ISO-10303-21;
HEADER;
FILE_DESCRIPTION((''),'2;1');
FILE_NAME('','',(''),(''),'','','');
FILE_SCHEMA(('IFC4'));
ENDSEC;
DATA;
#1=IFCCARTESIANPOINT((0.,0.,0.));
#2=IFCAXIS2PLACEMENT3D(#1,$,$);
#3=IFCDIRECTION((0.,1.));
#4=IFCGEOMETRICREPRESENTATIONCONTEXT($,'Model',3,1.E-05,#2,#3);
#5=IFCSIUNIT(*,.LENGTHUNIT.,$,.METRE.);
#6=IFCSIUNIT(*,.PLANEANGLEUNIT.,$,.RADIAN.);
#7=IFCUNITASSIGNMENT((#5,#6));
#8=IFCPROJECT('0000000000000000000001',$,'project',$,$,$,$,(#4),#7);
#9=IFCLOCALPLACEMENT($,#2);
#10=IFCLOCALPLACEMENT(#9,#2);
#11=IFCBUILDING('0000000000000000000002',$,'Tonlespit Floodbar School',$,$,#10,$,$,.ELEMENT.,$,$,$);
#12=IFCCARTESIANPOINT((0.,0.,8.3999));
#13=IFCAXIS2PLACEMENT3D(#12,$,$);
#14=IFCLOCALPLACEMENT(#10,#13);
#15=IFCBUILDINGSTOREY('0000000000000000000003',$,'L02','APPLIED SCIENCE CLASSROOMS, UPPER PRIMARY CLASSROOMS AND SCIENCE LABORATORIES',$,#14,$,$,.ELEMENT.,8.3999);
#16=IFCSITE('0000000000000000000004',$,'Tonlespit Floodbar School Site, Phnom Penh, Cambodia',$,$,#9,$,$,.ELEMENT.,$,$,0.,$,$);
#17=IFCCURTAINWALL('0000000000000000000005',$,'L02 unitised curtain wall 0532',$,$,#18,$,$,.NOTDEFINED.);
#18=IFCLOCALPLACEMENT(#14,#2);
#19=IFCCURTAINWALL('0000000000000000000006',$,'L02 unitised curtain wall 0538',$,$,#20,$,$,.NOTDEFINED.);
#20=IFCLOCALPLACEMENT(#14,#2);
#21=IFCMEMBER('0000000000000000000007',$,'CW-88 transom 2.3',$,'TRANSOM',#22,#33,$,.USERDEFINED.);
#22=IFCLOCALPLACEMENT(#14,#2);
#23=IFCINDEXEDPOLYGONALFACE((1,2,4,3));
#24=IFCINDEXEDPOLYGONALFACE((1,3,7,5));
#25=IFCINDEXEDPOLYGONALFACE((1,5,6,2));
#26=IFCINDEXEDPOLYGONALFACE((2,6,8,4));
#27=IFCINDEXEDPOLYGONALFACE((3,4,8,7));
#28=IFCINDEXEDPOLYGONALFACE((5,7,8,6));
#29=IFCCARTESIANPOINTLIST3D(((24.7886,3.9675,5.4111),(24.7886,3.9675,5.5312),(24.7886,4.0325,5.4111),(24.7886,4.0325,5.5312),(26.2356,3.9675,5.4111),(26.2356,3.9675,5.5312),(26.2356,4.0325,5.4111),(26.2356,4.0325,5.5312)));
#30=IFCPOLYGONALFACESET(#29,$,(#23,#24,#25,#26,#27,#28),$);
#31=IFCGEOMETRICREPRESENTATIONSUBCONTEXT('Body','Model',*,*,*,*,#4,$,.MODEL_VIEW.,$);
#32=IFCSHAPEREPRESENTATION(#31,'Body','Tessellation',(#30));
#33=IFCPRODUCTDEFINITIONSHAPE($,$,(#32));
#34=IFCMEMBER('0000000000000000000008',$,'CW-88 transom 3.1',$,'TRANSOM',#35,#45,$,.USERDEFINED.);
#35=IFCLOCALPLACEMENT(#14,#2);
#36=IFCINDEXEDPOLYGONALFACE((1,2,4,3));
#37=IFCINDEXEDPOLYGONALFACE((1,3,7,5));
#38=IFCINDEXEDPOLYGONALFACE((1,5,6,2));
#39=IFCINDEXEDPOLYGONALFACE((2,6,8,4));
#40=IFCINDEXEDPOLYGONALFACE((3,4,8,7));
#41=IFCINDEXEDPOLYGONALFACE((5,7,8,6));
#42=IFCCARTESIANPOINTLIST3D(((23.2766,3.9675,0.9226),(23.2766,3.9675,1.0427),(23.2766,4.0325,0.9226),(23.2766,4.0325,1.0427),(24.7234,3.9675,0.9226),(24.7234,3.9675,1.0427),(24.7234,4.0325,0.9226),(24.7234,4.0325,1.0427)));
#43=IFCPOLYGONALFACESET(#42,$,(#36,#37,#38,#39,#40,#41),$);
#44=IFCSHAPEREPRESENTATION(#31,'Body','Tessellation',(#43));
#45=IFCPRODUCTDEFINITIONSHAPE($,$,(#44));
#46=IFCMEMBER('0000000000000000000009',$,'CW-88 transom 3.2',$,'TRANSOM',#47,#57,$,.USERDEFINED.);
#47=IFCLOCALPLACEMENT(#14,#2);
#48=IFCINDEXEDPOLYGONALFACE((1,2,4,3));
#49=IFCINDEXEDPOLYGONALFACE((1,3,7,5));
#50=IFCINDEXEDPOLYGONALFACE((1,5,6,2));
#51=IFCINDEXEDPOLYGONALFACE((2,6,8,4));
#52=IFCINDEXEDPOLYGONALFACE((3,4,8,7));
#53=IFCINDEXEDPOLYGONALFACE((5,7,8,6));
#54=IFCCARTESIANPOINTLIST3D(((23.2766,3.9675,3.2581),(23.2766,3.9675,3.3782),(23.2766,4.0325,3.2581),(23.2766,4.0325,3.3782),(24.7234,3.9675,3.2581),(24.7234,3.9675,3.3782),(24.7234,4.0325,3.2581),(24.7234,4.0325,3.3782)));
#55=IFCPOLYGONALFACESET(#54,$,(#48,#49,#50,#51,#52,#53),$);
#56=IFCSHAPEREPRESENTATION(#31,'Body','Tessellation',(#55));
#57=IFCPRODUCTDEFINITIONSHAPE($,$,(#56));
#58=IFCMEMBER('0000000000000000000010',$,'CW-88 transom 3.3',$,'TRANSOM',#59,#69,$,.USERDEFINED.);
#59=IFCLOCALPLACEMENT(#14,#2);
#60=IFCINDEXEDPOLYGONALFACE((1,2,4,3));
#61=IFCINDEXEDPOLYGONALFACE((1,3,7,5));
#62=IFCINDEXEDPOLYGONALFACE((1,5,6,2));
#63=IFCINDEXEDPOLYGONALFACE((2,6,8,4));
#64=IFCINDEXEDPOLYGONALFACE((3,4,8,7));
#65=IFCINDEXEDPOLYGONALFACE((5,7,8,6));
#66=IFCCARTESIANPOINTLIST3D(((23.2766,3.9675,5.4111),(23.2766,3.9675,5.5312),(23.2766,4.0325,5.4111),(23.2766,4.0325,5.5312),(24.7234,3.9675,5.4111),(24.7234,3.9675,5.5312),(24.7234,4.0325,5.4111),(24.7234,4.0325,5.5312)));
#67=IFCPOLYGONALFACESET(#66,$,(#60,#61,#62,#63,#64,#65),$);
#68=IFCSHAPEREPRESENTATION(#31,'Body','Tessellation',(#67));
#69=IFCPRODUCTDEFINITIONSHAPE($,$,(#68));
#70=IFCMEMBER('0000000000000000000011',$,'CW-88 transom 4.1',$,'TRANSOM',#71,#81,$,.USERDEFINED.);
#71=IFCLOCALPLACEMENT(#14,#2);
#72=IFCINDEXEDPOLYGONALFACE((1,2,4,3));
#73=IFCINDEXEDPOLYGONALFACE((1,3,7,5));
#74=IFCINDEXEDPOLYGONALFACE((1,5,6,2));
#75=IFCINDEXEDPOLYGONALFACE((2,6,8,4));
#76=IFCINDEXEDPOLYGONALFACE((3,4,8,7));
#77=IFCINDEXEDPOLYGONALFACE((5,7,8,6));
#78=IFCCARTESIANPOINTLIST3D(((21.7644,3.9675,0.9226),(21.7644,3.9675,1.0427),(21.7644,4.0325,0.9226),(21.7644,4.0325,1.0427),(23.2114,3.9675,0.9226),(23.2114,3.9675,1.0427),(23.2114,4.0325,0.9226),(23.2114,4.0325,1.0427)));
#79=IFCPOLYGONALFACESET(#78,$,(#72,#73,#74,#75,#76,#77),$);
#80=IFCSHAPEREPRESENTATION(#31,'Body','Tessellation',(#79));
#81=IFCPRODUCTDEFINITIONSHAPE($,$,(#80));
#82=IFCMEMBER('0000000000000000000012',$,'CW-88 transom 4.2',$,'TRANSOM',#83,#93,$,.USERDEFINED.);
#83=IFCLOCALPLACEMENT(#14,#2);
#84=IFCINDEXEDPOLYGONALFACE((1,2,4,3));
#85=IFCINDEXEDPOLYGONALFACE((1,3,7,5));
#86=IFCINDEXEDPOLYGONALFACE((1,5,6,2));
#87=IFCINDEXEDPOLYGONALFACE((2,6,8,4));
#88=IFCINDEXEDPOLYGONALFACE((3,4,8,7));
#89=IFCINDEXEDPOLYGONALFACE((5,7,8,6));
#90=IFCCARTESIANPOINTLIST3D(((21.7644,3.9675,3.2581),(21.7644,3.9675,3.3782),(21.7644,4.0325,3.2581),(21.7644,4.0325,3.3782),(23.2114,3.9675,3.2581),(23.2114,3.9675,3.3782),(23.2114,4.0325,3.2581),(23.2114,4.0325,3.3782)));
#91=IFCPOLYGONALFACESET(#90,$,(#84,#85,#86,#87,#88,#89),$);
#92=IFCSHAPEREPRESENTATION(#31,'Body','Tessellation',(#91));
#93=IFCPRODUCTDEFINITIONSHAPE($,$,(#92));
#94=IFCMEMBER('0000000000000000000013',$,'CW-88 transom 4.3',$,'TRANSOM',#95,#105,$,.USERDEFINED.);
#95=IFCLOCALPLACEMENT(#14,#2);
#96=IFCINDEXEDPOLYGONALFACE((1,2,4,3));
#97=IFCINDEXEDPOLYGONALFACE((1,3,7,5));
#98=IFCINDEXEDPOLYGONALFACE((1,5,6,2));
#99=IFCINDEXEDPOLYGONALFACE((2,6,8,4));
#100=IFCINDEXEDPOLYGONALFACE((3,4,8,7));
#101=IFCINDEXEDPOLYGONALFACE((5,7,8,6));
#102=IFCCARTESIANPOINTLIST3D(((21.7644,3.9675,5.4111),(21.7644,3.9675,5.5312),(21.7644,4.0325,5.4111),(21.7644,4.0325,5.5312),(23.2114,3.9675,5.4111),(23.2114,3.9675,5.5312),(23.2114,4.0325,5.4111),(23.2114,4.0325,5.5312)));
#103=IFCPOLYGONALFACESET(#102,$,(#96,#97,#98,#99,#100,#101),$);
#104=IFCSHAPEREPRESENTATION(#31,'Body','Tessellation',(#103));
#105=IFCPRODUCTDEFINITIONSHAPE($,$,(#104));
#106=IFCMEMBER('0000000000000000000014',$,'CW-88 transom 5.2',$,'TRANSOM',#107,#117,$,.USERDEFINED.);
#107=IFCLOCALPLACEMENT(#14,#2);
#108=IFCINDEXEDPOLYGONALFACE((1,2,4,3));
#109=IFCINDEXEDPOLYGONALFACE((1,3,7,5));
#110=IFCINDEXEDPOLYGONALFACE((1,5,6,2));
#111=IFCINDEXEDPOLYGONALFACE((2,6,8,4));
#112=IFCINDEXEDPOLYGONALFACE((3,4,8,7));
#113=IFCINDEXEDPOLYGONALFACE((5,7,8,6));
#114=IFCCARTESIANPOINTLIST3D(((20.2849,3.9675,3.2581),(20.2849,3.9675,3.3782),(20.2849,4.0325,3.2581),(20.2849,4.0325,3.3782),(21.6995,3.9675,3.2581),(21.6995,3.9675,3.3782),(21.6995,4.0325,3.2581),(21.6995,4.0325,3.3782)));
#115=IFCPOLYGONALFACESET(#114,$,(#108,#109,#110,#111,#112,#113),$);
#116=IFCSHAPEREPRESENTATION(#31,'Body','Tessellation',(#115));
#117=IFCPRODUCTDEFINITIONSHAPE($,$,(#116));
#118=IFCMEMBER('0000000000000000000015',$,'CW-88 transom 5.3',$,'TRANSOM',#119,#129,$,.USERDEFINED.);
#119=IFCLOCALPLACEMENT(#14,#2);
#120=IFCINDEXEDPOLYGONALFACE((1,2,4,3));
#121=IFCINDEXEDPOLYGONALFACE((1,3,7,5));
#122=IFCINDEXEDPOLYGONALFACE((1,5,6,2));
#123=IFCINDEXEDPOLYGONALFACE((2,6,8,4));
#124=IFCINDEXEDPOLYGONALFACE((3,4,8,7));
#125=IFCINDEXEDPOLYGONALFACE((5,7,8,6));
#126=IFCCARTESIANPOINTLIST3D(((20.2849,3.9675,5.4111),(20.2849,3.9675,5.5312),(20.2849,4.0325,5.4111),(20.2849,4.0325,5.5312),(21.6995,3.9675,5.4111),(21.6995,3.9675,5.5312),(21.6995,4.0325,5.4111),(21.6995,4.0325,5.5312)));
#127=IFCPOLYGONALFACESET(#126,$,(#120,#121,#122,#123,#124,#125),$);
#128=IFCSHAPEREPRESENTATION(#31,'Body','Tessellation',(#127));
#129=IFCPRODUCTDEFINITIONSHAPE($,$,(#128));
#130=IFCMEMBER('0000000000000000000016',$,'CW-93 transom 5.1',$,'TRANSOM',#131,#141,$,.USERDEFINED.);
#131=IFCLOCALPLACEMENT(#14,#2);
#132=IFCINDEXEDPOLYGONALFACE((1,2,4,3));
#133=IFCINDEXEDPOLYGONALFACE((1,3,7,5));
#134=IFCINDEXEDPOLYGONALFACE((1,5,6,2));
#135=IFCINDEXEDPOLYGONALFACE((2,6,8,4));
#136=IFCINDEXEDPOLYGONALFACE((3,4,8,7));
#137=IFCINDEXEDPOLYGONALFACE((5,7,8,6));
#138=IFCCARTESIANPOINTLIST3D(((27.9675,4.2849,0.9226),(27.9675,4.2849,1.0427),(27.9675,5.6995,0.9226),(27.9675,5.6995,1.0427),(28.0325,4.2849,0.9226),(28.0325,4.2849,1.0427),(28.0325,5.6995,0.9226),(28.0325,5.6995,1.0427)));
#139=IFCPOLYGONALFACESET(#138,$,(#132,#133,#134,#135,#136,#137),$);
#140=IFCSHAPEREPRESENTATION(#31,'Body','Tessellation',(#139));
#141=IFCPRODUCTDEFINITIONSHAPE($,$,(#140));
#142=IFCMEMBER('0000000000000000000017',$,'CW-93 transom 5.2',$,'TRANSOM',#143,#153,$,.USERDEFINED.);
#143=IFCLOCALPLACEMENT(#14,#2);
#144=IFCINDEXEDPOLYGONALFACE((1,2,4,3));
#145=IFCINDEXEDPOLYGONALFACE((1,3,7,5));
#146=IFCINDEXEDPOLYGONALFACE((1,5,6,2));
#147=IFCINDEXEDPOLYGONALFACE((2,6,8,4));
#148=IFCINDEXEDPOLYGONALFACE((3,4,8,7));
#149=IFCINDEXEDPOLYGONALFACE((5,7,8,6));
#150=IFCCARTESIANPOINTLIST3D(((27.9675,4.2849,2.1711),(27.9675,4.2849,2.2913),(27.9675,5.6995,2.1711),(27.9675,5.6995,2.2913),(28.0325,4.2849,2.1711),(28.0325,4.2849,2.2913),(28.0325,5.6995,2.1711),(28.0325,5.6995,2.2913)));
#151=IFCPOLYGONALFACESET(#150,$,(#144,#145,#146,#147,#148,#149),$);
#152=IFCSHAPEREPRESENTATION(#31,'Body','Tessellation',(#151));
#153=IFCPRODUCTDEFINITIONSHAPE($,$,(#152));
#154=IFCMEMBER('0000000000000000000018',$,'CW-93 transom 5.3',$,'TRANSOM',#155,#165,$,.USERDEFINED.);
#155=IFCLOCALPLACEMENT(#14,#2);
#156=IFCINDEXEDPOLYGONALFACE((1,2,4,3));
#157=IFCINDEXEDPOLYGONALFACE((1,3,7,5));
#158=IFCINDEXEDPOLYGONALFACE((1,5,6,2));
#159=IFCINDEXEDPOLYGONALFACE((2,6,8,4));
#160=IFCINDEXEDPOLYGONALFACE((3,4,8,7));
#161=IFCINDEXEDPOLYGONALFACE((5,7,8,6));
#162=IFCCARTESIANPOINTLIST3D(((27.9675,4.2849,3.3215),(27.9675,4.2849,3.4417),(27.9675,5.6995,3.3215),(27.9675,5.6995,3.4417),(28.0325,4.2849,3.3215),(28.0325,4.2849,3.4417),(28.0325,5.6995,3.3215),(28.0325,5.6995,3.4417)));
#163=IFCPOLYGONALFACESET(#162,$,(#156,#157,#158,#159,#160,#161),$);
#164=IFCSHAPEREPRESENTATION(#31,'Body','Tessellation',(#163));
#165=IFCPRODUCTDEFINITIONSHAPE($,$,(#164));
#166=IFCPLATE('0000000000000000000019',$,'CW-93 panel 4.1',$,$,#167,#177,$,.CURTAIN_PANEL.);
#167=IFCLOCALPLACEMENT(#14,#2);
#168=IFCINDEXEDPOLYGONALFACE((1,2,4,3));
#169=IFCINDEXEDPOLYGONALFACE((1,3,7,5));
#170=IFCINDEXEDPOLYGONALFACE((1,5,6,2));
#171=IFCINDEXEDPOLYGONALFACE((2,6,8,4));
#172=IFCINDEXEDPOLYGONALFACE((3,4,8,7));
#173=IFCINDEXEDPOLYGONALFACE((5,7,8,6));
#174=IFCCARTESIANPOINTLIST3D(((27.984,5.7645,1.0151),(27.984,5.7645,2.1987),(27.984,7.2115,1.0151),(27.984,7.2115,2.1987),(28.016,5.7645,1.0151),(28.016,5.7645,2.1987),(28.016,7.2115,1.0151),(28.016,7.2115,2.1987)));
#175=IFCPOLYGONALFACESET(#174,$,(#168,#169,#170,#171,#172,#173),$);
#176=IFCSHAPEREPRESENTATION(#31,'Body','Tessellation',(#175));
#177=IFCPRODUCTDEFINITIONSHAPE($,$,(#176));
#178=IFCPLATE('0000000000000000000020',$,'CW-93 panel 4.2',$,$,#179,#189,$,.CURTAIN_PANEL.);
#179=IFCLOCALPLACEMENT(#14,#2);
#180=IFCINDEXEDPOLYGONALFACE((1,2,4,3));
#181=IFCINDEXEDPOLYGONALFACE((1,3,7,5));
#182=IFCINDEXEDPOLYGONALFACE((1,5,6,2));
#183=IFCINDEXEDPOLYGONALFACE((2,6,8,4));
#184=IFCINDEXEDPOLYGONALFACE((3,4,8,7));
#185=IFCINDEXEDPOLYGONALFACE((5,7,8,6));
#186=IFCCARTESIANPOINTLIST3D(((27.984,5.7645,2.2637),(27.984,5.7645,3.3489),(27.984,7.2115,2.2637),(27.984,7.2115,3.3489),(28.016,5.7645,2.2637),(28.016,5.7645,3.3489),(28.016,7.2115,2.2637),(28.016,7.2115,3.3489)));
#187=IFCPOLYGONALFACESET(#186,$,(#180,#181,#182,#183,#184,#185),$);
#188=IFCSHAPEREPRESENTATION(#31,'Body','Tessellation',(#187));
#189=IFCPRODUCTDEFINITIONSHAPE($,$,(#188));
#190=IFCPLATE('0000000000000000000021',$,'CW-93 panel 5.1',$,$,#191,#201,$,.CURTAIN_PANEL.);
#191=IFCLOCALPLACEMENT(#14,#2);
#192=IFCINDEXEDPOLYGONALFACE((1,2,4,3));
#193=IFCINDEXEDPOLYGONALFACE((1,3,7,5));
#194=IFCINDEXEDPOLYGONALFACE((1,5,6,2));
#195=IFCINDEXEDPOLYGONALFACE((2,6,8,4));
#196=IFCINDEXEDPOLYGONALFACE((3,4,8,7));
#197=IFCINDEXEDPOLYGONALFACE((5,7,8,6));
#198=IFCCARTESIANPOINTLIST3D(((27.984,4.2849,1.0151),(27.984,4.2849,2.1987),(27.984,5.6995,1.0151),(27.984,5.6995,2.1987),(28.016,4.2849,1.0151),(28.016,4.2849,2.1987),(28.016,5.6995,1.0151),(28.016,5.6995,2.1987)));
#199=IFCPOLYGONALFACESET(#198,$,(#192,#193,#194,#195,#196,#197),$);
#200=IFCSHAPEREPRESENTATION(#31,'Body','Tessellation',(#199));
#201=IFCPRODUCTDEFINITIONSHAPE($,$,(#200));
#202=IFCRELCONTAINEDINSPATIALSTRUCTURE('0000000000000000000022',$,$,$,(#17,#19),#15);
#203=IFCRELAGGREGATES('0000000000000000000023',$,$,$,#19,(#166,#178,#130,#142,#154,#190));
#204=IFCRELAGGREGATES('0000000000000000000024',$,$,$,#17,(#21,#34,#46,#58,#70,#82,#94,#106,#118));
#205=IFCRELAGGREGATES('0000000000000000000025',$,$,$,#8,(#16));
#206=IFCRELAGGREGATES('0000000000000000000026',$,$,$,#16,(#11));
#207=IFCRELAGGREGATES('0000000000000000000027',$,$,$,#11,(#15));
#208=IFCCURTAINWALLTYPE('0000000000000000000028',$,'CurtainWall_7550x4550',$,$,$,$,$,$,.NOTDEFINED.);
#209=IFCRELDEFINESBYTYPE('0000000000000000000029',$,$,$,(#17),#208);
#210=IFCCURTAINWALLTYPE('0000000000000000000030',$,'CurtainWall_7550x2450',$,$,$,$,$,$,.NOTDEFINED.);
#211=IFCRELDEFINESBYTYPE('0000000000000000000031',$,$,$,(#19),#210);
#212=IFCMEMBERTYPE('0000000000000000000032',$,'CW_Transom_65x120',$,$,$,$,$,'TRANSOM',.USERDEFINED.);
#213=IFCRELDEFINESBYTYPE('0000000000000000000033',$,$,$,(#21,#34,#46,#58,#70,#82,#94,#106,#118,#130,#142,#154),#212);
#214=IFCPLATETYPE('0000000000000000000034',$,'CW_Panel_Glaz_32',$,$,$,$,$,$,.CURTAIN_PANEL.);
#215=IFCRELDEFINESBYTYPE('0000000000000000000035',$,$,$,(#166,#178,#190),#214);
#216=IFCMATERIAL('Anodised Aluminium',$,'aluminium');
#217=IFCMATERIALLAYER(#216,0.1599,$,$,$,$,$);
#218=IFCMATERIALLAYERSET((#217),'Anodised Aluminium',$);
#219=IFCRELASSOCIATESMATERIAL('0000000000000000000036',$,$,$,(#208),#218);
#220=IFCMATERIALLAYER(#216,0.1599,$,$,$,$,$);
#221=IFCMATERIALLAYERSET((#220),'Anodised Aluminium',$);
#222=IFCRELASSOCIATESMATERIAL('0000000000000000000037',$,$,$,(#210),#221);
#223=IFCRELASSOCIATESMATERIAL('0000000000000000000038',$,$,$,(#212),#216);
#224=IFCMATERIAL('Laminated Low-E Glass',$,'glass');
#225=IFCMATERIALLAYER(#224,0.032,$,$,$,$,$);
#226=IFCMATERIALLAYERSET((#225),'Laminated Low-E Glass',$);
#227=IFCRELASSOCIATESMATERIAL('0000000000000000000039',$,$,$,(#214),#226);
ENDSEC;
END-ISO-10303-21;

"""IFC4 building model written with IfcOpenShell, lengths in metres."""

from ifc_helpers import new_model, si_unit, direction, frame, origin, origin_2d, place, context, subcontext, project, spatial, rectangle, extrude, material, layer, layer_set, material_profile, profile_set, type_object, element, aggregate, save


model = new_model("IFC4")

# Units and contexts
model_context = context("Model", 3, precision=1e-05, world=origin(), true_north=direction((0.0, 1.0)))
body_context = subcontext(model_context, "Body", "Model", "MODEL_VIEW")
ifc_project = project(units=[si_unit("LENGTHUNIT", "METRE"), si_unit("PLANEANGLEUNIT", "RADIAN")], contexts=[model_context])

# Site, building, storey
site_placement = place(None, origin())
site = spatial("IfcSite", under=ifc_project, at=site_placement, Name="Tonlespit Floodbar School Site, Phnom Penh, Cambodia", CompositionType="ELEMENT", RefElevation=0.0)
building_placement = place(site_placement, origin())
building = spatial("IfcBuilding", under=site, at=building_placement, Name="Tonlespit Floodbar School", CompositionType="ELEMENT")
storey_placement = place(building_placement, frame((0.0, 0.0, 8.3999)))
storey = spatial("IfcBuildingStorey", under=building, at=storey_placement, Name="L02", Description="APPLIED SCIENCE CLASSROOMS, UPPER PRIMARY CLASSROOMS AND SCIENCE LABORATORIES", CompositionType="ELEMENT", Elevation=8.3999)

# Curtain walls
ifc_material_1 = material(Name="Anodised Aluminium", Category="aluminium")
ifc_layer_1 = layer(ifc_material_1, 0.1599)
ifc_layer_set_1 = layer_set([ifc_layer_1], Name="Anodised Aluminium")
curtain_wall_type_1 = type_object("IfcCurtainWallType", Name="CurtainWall_7550x4550", PredefinedType="NOTDEFINED", material=ifc_layer_set_1)
curtain_wall_1_placement = place(storey_placement, origin())
curtain_wall_1 = element("IfcCurtainWall", 1, at=curtain_wall_1_placement, inside=storey, type_object=curtain_wall_type_1, Name="L02 unitised curtain wall 0532", PredefinedType="NOTDEFINED")
ifc_layer_2 = layer(ifc_material_1, 0.1599)
ifc_layer_set_2 = layer_set([ifc_layer_2], Name="Anodised Aluminium")
curtain_wall_type_2 = type_object("IfcCurtainWallType", Name="CurtainWall_7550x2450", PredefinedType="NOTDEFINED", material=ifc_layer_set_2)
curtain_wall_2_placement = place(storey_placement, origin())
curtain_wall_2 = element("IfcCurtainWall", 2, at=curtain_wall_2_placement, inside=storey, type_object=curtain_wall_type_2, Name="L02 unitised curtain wall 0538", PredefinedType="NOTDEFINED")

# Members
ifc_material_profile_1 = material_profile(ifc_material_1, rectangle(XDim=0.0649, YDim=0.1201, at=origin_2d()), Name="ALU T65x120")
ifc_profile_set_1 = profile_set([ifc_material_profile_1], Name="Anodised Aluminium")
member_type_1 = type_object("IfcMemberType", Name="CW_Transom_65x120", ElementType="TRANSOM", PredefinedType="USERDEFINED", material=ifc_profile_set_1)
member_1_placement = place(storey_placement, frame((26.2356, 4.0, 5.4712), z_axis=(-1.0, 0.0, 0.0), x_axis=(0.0, -1.0, 0.0)))
member_1 = element("IfcMember", 3, at=member_1_placement, type_object=member_type_1, Name="CW-88 transom 2.3", ObjectType="TRANSOM", PredefinedType="USERDEFINED", context=body_context, shape_type="SweptSolid", body=[
    extrude(rectangle(XDim=0.0649, YDim=0.1201, at=origin_2d()), origin(), (0.0, 0.0, 1.0), 1.447),
])
member_2_placement = place(storey_placement, frame((24.7234, 4.0, 0.9827), z_axis=(-1.0, 0.0, 0.0), x_axis=(0.0, -1.0, 0.0)))
member_2 = element("IfcMember", 4, at=member_2_placement, type_object=member_type_1, Name="CW-88 transom 3.1", ObjectType="TRANSOM", PredefinedType="USERDEFINED", context=body_context, shape_type="SweptSolid", body=[
    extrude(rectangle(XDim=0.0649, YDim=0.1201, at=origin_2d()), origin(), (0.0, 0.0, 1.0), 1.4468),
])
member_3_placement = place(storey_placement, frame((24.7234, 4.0, 3.3181), z_axis=(-1.0, 0.0, 0.0), x_axis=(0.0, -1.0, 0.0)))
member_3 = element("IfcMember", 5, at=member_3_placement, type_object=member_type_1, Name="CW-88 transom 3.2", ObjectType="TRANSOM", PredefinedType="USERDEFINED", context=body_context, shape_type="SweptSolid", body=[
    extrude(rectangle(XDim=0.0649, YDim=0.1201, at=origin_2d()), origin(), (0.0, 0.0, 1.0), 1.4468),
])
member_4_placement = place(storey_placement, frame((24.7234, 4.0, 5.4712), z_axis=(-1.0, 0.0, 0.0), x_axis=(0.0, -1.0, 0.0)))
member_4 = element("IfcMember", 6, at=member_4_placement, type_object=member_type_1, Name="CW-88 transom 3.3", ObjectType="TRANSOM", PredefinedType="USERDEFINED", context=body_context, shape_type="SweptSolid", body=[
    extrude(rectangle(XDim=0.0649, YDim=0.1201, at=origin_2d()), origin(), (0.0, 0.0, 1.0), 1.4468),
])
member_5_placement = place(storey_placement, frame((23.2114, 4.0, 0.9827), z_axis=(-1.0, 0.0, 0.0), x_axis=(0.0, -1.0, 0.0)))
member_5 = element("IfcMember", 7, at=member_5_placement, type_object=member_type_1, Name="CW-88 transom 4.1", ObjectType="TRANSOM", PredefinedType="USERDEFINED", context=body_context, shape_type="SweptSolid", body=[
    extrude(rectangle(XDim=0.0649, YDim=0.1201, at=origin_2d()), origin(), (0.0, 0.0, 1.0), 1.447),
])
member_6_placement = place(storey_placement, frame((23.2114, 4.0, 3.3181), z_axis=(-1.0, 0.0, 0.0), x_axis=(0.0, -1.0, 0.0)))
member_6 = element("IfcMember", 8, at=member_6_placement, type_object=member_type_1, Name="CW-88 transom 4.2", ObjectType="TRANSOM", PredefinedType="USERDEFINED", context=body_context, shape_type="SweptSolid", body=[
    extrude(rectangle(XDim=0.0649, YDim=0.1201, at=origin_2d()), origin(), (0.0, 0.0, 1.0), 1.447),
])
member_7_placement = place(storey_placement, frame((23.2114, 4.0, 5.4712), z_axis=(-1.0, 0.0, 0.0), x_axis=(0.0, -1.0, 0.0)))
member_7 = element("IfcMember", 9, at=member_7_placement, type_object=member_type_1, Name="CW-88 transom 4.3", ObjectType="TRANSOM", PredefinedType="USERDEFINED", context=body_context, shape_type="SweptSolid", body=[
    extrude(rectangle(XDim=0.0649, YDim=0.1201, at=origin_2d()), origin(), (0.0, 0.0, 1.0), 1.447),
])
member_8_placement = place(storey_placement, frame((21.6995, 4.0, 3.3181), z_axis=(-1.0, 0.0, 0.0), x_axis=(0.0, -1.0, 0.0)))
member_8 = element("IfcMember", 10, at=member_8_placement, type_object=member_type_1, Name="CW-88 transom 5.2", ObjectType="TRANSOM", PredefinedType="USERDEFINED", context=body_context, shape_type="SweptSolid", body=[
    extrude(rectangle(XDim=0.0649, YDim=0.1201, at=origin_2d()), origin(), (0.0, 0.0, 1.0), 1.4146),
])
member_9_placement = place(storey_placement, frame((21.6995, 4.0, 5.4712), z_axis=(-1.0, 0.0, 0.0), x_axis=(0.0, -1.0, 0.0)))
member_9 = element("IfcMember", 11, at=member_9_placement, type_object=member_type_1, Name="CW-88 transom 5.3", ObjectType="TRANSOM", PredefinedType="USERDEFINED", context=body_context, shape_type="SweptSolid", body=[
    extrude(rectangle(XDim=0.0649, YDim=0.1201, at=origin_2d()), origin(), (0.0, 0.0, 1.0), 1.4146),
])
member_10_placement = place(storey_placement, frame((28.0, 5.6995, 0.9827), z_axis=(0.0, -1.0, 0.0), x_axis=(1.0, 0.0, 0.0)))
member_10 = element("IfcMember", 12, at=member_10_placement, type_object=member_type_1, Name="CW-93 transom 5.1", ObjectType="TRANSOM", PredefinedType="USERDEFINED", context=body_context, shape_type="SweptSolid", body=[
    extrude(rectangle(XDim=0.0649, YDim=0.1201, at=origin_2d()), origin(), (0.0, 0.0, 1.0), 1.4146),
])
member_11_placement = place(storey_placement, frame((28.0, 5.6995, 2.2312), z_axis=(0.0, -1.0, 0.0), x_axis=(1.0, 0.0, 0.0)))
member_11 = element("IfcMember", 13, at=member_11_placement, type_object=member_type_1, Name="CW-93 transom 5.2", ObjectType="TRANSOM", PredefinedType="USERDEFINED", context=body_context, shape_type="SweptSolid", body=[
    extrude(rectangle(XDim=0.0649, YDim=0.1201, at=origin_2d()), origin(), (0.0, 0.0, 1.0), 1.4146),
])
member_12_placement = place(storey_placement, frame((28.0, 5.6995, 3.3816), z_axis=(0.0, -1.0, 0.0), x_axis=(1.0, 0.0, 0.0)))
member_12 = element("IfcMember", 14, at=member_12_placement, type_object=member_type_1, Name="CW-93 transom 5.3", ObjectType="TRANSOM", PredefinedType="USERDEFINED", context=body_context, shape_type="SweptSolid", body=[
    extrude(rectangle(XDim=0.0649, YDim=0.1201, at=origin_2d()), origin(), (0.0, 0.0, 1.0), 1.4146),
])

# Plates
ifc_material_2 = material(Name="Laminated Low-E Glass", Category="glass")
ifc_layer_3 = layer(ifc_material_2, 0.032)
ifc_layer_set_3 = layer_set([ifc_layer_3], Name="Laminated Low-E Glass")
plate_type_1 = type_object("IfcPlateType", Name="CW_Panel_Glaz_32", PredefinedType="CURTAIN_PANEL", material=ifc_layer_set_3)
plate_1_placement = place(storey_placement, frame((28.0, 6.488, 1.0151), z_axis=(0.0, 0.0, 1.0), x_axis=(0.0, -1.0, 0.0)))
plate_1 = element("IfcPlate", 15, at=plate_1_placement, type_object=plate_type_1, Name="CW-93 panel 4.1", PredefinedType="CURTAIN_PANEL", context=body_context, shape_type="SweptSolid", body=[
    extrude(rectangle(XDim=1.447, YDim=0.032, at=origin_2d()), origin(), (0.0, 0.0, 1.0), 1.1836),
])
plate_2_placement = place(storey_placement, frame((28.0, 6.488, 2.2637), z_axis=(0.0, 0.0, 1.0), x_axis=(0.0, -1.0, 0.0)))
plate_2 = element("IfcPlate", 16, at=plate_2_placement, type_object=plate_type_1, Name="CW-93 panel 4.2", PredefinedType="CURTAIN_PANEL", context=body_context, shape_type="SweptSolid", body=[
    extrude(rectangle(XDim=1.447, YDim=0.032, at=origin_2d()), origin(), (0.0, 0.0, 1.0), 1.0852),
])
plate_3_placement = place(storey_placement, frame((28.0, 4.9922, 1.0151), z_axis=(0.0, 0.0, 1.0), x_axis=(0.0, -1.0, 0.0)))
plate_3 = element("IfcPlate", 17, at=plate_3_placement, type_object=plate_type_1, Name="CW-93 panel 5.1", PredefinedType="CURTAIN_PANEL", context=body_context, shape_type="SweptSolid", body=[
    extrude(rectangle(XDim=1.4146, YDim=0.032, at=origin_2d()), origin(), (0.0, 0.0, 1.0), 1.1836),
])
aggregate(curtain_wall_2, [plate_1, plate_2, member_10, member_11, member_12, plate_3])
aggregate(curtain_wall_1, [member_1, member_2, member_3, member_4, member_5, member_6, member_7, member_8, member_9])

save(model, "model.ifc")
